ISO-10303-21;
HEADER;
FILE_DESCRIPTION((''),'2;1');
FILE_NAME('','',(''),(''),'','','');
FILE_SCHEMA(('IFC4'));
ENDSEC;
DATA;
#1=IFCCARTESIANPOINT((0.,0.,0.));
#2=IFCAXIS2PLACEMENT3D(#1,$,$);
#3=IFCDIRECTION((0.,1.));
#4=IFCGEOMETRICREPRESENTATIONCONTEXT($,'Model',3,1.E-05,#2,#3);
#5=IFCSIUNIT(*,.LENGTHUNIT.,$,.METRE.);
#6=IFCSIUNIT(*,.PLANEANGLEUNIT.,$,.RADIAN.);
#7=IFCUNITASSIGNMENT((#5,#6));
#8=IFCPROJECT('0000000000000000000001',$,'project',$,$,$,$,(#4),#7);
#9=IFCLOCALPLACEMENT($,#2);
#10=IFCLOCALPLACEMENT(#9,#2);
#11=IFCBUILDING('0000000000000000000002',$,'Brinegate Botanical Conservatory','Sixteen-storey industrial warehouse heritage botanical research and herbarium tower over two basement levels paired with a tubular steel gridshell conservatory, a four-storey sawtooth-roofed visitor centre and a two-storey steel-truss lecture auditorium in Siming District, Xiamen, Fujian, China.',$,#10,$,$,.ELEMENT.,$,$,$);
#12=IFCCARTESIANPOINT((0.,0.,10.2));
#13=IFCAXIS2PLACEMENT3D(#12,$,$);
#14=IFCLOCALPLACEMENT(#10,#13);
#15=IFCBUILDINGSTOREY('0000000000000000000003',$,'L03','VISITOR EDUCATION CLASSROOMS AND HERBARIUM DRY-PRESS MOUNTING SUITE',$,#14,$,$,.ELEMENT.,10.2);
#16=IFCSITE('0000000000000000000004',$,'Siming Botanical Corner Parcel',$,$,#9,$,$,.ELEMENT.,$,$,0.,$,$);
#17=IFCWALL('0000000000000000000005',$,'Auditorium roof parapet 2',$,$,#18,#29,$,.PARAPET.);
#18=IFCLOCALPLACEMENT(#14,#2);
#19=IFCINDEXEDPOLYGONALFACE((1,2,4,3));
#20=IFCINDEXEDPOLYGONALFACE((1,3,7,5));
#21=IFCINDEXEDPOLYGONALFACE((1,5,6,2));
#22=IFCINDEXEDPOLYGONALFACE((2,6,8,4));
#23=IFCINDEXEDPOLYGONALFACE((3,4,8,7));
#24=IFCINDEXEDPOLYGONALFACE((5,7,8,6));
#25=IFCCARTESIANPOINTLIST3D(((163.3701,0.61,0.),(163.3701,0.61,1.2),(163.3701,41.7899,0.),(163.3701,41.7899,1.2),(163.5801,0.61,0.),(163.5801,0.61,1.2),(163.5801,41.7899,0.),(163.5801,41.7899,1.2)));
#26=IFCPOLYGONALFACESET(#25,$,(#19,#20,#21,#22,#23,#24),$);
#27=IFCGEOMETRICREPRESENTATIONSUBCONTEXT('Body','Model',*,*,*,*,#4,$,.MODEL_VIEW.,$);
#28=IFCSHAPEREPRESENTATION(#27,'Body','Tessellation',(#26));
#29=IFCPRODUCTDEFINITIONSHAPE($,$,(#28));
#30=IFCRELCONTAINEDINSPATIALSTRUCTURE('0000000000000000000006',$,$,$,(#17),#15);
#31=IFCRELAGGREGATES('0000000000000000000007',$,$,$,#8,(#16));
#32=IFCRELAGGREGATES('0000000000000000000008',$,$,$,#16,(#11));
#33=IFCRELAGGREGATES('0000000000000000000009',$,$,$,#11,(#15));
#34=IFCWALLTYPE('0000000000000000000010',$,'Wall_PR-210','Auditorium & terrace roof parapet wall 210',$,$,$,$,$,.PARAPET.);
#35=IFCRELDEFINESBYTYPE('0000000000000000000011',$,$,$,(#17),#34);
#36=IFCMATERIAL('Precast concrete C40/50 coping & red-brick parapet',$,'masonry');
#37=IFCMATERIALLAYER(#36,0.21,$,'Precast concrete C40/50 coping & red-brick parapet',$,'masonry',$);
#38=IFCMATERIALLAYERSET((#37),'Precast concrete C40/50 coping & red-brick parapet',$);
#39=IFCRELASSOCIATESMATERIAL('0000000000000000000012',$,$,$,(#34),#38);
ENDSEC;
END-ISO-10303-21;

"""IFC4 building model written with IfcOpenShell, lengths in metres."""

from ifc_helpers import new_model, si_unit, direction, frame, frame_2d, origin, place, context, subcontext, project, spatial, rectangle, extrude, material, layer, layer_set, type_object, element, save


model = new_model("IFC4")

# Units and contexts
model_context = context("Model", 3, precision=1e-05, world=origin(), true_north=direction((0.0, 1.0)))
body_context = subcontext(model_context, "Body", "Model", "MODEL_VIEW")
ifc_project = project(units=[si_unit("LENGTHUNIT", "METRE"), si_unit("PLANEANGLEUNIT", "RADIAN")], contexts=[model_context])

# Site, building, storey
site_placement = place(None, origin())
site = spatial("IfcSite", under=ifc_project, at=site_placement, Name="Siming Botanical Corner Parcel", CompositionType="ELEMENT", RefElevation=0.0)
building_placement = place(site_placement, origin())
building = spatial("IfcBuilding", under=site, at=building_placement, Name="Brinegate Botanical Conservatory", Description="Sixteen-storey industrial warehouse heritage botanical research and herbarium tower over two basement levels paired with a tubular steel gridshell conservatory, a four-storey sawtooth-roofed visitor centre and a two-storey steel-truss lecture auditorium in Siming District, Xiamen, Fujian, China.", CompositionType="ELEMENT")
storey_placement = place(building_placement, frame((0.0, 0.0, 10.2)))
storey = spatial("IfcBuildingStorey", under=building, at=storey_placement, Name="L03", Description="VISITOR EDUCATION CLASSROOMS AND HERBARIUM DRY-PRESS MOUNTING SUITE", CompositionType="ELEMENT", Elevation=10.2)

# Wall
ifc_material_1 = material(Name="Precast concrete C40/50 coping & red-brick parapet", Category="masonry")
ifc_layer_1 = layer(ifc_material_1, 0.21, Name="Precast concrete C40/50 coping & red-brick parapet", Category="masonry")
ifc_layer_set_1 = layer_set([ifc_layer_1], Name="Precast concrete C40/50 coping & red-brick parapet")
wall_type = type_object("IfcWallType", Name="Wall_PR-210", Description="Auditorium & terrace roof parapet wall 210", PredefinedType="PARAPET", material=ifc_layer_set_1)
wall_placement = place(storey_placement, frame((163.4751, 0.6101, 0.0), z_axis=(0.0, 0.0, 1.0), x_axis=(0.0, 1.0, 0.0)))
element("IfcWall", 1, at=wall_placement, inside=storey, type_object=wall_type, Name="Auditorium roof parapet 2", PredefinedType="PARAPET", context=body_context, shape_type="SweptSolid", body=[
    extrude(rectangle(XDim=41.1799, YDim=0.21, at=frame_2d((20.5898, 0.0))), origin(), (0.0, 0.0, 1.0), 1.2),
])

save(model, "model.ifc")
